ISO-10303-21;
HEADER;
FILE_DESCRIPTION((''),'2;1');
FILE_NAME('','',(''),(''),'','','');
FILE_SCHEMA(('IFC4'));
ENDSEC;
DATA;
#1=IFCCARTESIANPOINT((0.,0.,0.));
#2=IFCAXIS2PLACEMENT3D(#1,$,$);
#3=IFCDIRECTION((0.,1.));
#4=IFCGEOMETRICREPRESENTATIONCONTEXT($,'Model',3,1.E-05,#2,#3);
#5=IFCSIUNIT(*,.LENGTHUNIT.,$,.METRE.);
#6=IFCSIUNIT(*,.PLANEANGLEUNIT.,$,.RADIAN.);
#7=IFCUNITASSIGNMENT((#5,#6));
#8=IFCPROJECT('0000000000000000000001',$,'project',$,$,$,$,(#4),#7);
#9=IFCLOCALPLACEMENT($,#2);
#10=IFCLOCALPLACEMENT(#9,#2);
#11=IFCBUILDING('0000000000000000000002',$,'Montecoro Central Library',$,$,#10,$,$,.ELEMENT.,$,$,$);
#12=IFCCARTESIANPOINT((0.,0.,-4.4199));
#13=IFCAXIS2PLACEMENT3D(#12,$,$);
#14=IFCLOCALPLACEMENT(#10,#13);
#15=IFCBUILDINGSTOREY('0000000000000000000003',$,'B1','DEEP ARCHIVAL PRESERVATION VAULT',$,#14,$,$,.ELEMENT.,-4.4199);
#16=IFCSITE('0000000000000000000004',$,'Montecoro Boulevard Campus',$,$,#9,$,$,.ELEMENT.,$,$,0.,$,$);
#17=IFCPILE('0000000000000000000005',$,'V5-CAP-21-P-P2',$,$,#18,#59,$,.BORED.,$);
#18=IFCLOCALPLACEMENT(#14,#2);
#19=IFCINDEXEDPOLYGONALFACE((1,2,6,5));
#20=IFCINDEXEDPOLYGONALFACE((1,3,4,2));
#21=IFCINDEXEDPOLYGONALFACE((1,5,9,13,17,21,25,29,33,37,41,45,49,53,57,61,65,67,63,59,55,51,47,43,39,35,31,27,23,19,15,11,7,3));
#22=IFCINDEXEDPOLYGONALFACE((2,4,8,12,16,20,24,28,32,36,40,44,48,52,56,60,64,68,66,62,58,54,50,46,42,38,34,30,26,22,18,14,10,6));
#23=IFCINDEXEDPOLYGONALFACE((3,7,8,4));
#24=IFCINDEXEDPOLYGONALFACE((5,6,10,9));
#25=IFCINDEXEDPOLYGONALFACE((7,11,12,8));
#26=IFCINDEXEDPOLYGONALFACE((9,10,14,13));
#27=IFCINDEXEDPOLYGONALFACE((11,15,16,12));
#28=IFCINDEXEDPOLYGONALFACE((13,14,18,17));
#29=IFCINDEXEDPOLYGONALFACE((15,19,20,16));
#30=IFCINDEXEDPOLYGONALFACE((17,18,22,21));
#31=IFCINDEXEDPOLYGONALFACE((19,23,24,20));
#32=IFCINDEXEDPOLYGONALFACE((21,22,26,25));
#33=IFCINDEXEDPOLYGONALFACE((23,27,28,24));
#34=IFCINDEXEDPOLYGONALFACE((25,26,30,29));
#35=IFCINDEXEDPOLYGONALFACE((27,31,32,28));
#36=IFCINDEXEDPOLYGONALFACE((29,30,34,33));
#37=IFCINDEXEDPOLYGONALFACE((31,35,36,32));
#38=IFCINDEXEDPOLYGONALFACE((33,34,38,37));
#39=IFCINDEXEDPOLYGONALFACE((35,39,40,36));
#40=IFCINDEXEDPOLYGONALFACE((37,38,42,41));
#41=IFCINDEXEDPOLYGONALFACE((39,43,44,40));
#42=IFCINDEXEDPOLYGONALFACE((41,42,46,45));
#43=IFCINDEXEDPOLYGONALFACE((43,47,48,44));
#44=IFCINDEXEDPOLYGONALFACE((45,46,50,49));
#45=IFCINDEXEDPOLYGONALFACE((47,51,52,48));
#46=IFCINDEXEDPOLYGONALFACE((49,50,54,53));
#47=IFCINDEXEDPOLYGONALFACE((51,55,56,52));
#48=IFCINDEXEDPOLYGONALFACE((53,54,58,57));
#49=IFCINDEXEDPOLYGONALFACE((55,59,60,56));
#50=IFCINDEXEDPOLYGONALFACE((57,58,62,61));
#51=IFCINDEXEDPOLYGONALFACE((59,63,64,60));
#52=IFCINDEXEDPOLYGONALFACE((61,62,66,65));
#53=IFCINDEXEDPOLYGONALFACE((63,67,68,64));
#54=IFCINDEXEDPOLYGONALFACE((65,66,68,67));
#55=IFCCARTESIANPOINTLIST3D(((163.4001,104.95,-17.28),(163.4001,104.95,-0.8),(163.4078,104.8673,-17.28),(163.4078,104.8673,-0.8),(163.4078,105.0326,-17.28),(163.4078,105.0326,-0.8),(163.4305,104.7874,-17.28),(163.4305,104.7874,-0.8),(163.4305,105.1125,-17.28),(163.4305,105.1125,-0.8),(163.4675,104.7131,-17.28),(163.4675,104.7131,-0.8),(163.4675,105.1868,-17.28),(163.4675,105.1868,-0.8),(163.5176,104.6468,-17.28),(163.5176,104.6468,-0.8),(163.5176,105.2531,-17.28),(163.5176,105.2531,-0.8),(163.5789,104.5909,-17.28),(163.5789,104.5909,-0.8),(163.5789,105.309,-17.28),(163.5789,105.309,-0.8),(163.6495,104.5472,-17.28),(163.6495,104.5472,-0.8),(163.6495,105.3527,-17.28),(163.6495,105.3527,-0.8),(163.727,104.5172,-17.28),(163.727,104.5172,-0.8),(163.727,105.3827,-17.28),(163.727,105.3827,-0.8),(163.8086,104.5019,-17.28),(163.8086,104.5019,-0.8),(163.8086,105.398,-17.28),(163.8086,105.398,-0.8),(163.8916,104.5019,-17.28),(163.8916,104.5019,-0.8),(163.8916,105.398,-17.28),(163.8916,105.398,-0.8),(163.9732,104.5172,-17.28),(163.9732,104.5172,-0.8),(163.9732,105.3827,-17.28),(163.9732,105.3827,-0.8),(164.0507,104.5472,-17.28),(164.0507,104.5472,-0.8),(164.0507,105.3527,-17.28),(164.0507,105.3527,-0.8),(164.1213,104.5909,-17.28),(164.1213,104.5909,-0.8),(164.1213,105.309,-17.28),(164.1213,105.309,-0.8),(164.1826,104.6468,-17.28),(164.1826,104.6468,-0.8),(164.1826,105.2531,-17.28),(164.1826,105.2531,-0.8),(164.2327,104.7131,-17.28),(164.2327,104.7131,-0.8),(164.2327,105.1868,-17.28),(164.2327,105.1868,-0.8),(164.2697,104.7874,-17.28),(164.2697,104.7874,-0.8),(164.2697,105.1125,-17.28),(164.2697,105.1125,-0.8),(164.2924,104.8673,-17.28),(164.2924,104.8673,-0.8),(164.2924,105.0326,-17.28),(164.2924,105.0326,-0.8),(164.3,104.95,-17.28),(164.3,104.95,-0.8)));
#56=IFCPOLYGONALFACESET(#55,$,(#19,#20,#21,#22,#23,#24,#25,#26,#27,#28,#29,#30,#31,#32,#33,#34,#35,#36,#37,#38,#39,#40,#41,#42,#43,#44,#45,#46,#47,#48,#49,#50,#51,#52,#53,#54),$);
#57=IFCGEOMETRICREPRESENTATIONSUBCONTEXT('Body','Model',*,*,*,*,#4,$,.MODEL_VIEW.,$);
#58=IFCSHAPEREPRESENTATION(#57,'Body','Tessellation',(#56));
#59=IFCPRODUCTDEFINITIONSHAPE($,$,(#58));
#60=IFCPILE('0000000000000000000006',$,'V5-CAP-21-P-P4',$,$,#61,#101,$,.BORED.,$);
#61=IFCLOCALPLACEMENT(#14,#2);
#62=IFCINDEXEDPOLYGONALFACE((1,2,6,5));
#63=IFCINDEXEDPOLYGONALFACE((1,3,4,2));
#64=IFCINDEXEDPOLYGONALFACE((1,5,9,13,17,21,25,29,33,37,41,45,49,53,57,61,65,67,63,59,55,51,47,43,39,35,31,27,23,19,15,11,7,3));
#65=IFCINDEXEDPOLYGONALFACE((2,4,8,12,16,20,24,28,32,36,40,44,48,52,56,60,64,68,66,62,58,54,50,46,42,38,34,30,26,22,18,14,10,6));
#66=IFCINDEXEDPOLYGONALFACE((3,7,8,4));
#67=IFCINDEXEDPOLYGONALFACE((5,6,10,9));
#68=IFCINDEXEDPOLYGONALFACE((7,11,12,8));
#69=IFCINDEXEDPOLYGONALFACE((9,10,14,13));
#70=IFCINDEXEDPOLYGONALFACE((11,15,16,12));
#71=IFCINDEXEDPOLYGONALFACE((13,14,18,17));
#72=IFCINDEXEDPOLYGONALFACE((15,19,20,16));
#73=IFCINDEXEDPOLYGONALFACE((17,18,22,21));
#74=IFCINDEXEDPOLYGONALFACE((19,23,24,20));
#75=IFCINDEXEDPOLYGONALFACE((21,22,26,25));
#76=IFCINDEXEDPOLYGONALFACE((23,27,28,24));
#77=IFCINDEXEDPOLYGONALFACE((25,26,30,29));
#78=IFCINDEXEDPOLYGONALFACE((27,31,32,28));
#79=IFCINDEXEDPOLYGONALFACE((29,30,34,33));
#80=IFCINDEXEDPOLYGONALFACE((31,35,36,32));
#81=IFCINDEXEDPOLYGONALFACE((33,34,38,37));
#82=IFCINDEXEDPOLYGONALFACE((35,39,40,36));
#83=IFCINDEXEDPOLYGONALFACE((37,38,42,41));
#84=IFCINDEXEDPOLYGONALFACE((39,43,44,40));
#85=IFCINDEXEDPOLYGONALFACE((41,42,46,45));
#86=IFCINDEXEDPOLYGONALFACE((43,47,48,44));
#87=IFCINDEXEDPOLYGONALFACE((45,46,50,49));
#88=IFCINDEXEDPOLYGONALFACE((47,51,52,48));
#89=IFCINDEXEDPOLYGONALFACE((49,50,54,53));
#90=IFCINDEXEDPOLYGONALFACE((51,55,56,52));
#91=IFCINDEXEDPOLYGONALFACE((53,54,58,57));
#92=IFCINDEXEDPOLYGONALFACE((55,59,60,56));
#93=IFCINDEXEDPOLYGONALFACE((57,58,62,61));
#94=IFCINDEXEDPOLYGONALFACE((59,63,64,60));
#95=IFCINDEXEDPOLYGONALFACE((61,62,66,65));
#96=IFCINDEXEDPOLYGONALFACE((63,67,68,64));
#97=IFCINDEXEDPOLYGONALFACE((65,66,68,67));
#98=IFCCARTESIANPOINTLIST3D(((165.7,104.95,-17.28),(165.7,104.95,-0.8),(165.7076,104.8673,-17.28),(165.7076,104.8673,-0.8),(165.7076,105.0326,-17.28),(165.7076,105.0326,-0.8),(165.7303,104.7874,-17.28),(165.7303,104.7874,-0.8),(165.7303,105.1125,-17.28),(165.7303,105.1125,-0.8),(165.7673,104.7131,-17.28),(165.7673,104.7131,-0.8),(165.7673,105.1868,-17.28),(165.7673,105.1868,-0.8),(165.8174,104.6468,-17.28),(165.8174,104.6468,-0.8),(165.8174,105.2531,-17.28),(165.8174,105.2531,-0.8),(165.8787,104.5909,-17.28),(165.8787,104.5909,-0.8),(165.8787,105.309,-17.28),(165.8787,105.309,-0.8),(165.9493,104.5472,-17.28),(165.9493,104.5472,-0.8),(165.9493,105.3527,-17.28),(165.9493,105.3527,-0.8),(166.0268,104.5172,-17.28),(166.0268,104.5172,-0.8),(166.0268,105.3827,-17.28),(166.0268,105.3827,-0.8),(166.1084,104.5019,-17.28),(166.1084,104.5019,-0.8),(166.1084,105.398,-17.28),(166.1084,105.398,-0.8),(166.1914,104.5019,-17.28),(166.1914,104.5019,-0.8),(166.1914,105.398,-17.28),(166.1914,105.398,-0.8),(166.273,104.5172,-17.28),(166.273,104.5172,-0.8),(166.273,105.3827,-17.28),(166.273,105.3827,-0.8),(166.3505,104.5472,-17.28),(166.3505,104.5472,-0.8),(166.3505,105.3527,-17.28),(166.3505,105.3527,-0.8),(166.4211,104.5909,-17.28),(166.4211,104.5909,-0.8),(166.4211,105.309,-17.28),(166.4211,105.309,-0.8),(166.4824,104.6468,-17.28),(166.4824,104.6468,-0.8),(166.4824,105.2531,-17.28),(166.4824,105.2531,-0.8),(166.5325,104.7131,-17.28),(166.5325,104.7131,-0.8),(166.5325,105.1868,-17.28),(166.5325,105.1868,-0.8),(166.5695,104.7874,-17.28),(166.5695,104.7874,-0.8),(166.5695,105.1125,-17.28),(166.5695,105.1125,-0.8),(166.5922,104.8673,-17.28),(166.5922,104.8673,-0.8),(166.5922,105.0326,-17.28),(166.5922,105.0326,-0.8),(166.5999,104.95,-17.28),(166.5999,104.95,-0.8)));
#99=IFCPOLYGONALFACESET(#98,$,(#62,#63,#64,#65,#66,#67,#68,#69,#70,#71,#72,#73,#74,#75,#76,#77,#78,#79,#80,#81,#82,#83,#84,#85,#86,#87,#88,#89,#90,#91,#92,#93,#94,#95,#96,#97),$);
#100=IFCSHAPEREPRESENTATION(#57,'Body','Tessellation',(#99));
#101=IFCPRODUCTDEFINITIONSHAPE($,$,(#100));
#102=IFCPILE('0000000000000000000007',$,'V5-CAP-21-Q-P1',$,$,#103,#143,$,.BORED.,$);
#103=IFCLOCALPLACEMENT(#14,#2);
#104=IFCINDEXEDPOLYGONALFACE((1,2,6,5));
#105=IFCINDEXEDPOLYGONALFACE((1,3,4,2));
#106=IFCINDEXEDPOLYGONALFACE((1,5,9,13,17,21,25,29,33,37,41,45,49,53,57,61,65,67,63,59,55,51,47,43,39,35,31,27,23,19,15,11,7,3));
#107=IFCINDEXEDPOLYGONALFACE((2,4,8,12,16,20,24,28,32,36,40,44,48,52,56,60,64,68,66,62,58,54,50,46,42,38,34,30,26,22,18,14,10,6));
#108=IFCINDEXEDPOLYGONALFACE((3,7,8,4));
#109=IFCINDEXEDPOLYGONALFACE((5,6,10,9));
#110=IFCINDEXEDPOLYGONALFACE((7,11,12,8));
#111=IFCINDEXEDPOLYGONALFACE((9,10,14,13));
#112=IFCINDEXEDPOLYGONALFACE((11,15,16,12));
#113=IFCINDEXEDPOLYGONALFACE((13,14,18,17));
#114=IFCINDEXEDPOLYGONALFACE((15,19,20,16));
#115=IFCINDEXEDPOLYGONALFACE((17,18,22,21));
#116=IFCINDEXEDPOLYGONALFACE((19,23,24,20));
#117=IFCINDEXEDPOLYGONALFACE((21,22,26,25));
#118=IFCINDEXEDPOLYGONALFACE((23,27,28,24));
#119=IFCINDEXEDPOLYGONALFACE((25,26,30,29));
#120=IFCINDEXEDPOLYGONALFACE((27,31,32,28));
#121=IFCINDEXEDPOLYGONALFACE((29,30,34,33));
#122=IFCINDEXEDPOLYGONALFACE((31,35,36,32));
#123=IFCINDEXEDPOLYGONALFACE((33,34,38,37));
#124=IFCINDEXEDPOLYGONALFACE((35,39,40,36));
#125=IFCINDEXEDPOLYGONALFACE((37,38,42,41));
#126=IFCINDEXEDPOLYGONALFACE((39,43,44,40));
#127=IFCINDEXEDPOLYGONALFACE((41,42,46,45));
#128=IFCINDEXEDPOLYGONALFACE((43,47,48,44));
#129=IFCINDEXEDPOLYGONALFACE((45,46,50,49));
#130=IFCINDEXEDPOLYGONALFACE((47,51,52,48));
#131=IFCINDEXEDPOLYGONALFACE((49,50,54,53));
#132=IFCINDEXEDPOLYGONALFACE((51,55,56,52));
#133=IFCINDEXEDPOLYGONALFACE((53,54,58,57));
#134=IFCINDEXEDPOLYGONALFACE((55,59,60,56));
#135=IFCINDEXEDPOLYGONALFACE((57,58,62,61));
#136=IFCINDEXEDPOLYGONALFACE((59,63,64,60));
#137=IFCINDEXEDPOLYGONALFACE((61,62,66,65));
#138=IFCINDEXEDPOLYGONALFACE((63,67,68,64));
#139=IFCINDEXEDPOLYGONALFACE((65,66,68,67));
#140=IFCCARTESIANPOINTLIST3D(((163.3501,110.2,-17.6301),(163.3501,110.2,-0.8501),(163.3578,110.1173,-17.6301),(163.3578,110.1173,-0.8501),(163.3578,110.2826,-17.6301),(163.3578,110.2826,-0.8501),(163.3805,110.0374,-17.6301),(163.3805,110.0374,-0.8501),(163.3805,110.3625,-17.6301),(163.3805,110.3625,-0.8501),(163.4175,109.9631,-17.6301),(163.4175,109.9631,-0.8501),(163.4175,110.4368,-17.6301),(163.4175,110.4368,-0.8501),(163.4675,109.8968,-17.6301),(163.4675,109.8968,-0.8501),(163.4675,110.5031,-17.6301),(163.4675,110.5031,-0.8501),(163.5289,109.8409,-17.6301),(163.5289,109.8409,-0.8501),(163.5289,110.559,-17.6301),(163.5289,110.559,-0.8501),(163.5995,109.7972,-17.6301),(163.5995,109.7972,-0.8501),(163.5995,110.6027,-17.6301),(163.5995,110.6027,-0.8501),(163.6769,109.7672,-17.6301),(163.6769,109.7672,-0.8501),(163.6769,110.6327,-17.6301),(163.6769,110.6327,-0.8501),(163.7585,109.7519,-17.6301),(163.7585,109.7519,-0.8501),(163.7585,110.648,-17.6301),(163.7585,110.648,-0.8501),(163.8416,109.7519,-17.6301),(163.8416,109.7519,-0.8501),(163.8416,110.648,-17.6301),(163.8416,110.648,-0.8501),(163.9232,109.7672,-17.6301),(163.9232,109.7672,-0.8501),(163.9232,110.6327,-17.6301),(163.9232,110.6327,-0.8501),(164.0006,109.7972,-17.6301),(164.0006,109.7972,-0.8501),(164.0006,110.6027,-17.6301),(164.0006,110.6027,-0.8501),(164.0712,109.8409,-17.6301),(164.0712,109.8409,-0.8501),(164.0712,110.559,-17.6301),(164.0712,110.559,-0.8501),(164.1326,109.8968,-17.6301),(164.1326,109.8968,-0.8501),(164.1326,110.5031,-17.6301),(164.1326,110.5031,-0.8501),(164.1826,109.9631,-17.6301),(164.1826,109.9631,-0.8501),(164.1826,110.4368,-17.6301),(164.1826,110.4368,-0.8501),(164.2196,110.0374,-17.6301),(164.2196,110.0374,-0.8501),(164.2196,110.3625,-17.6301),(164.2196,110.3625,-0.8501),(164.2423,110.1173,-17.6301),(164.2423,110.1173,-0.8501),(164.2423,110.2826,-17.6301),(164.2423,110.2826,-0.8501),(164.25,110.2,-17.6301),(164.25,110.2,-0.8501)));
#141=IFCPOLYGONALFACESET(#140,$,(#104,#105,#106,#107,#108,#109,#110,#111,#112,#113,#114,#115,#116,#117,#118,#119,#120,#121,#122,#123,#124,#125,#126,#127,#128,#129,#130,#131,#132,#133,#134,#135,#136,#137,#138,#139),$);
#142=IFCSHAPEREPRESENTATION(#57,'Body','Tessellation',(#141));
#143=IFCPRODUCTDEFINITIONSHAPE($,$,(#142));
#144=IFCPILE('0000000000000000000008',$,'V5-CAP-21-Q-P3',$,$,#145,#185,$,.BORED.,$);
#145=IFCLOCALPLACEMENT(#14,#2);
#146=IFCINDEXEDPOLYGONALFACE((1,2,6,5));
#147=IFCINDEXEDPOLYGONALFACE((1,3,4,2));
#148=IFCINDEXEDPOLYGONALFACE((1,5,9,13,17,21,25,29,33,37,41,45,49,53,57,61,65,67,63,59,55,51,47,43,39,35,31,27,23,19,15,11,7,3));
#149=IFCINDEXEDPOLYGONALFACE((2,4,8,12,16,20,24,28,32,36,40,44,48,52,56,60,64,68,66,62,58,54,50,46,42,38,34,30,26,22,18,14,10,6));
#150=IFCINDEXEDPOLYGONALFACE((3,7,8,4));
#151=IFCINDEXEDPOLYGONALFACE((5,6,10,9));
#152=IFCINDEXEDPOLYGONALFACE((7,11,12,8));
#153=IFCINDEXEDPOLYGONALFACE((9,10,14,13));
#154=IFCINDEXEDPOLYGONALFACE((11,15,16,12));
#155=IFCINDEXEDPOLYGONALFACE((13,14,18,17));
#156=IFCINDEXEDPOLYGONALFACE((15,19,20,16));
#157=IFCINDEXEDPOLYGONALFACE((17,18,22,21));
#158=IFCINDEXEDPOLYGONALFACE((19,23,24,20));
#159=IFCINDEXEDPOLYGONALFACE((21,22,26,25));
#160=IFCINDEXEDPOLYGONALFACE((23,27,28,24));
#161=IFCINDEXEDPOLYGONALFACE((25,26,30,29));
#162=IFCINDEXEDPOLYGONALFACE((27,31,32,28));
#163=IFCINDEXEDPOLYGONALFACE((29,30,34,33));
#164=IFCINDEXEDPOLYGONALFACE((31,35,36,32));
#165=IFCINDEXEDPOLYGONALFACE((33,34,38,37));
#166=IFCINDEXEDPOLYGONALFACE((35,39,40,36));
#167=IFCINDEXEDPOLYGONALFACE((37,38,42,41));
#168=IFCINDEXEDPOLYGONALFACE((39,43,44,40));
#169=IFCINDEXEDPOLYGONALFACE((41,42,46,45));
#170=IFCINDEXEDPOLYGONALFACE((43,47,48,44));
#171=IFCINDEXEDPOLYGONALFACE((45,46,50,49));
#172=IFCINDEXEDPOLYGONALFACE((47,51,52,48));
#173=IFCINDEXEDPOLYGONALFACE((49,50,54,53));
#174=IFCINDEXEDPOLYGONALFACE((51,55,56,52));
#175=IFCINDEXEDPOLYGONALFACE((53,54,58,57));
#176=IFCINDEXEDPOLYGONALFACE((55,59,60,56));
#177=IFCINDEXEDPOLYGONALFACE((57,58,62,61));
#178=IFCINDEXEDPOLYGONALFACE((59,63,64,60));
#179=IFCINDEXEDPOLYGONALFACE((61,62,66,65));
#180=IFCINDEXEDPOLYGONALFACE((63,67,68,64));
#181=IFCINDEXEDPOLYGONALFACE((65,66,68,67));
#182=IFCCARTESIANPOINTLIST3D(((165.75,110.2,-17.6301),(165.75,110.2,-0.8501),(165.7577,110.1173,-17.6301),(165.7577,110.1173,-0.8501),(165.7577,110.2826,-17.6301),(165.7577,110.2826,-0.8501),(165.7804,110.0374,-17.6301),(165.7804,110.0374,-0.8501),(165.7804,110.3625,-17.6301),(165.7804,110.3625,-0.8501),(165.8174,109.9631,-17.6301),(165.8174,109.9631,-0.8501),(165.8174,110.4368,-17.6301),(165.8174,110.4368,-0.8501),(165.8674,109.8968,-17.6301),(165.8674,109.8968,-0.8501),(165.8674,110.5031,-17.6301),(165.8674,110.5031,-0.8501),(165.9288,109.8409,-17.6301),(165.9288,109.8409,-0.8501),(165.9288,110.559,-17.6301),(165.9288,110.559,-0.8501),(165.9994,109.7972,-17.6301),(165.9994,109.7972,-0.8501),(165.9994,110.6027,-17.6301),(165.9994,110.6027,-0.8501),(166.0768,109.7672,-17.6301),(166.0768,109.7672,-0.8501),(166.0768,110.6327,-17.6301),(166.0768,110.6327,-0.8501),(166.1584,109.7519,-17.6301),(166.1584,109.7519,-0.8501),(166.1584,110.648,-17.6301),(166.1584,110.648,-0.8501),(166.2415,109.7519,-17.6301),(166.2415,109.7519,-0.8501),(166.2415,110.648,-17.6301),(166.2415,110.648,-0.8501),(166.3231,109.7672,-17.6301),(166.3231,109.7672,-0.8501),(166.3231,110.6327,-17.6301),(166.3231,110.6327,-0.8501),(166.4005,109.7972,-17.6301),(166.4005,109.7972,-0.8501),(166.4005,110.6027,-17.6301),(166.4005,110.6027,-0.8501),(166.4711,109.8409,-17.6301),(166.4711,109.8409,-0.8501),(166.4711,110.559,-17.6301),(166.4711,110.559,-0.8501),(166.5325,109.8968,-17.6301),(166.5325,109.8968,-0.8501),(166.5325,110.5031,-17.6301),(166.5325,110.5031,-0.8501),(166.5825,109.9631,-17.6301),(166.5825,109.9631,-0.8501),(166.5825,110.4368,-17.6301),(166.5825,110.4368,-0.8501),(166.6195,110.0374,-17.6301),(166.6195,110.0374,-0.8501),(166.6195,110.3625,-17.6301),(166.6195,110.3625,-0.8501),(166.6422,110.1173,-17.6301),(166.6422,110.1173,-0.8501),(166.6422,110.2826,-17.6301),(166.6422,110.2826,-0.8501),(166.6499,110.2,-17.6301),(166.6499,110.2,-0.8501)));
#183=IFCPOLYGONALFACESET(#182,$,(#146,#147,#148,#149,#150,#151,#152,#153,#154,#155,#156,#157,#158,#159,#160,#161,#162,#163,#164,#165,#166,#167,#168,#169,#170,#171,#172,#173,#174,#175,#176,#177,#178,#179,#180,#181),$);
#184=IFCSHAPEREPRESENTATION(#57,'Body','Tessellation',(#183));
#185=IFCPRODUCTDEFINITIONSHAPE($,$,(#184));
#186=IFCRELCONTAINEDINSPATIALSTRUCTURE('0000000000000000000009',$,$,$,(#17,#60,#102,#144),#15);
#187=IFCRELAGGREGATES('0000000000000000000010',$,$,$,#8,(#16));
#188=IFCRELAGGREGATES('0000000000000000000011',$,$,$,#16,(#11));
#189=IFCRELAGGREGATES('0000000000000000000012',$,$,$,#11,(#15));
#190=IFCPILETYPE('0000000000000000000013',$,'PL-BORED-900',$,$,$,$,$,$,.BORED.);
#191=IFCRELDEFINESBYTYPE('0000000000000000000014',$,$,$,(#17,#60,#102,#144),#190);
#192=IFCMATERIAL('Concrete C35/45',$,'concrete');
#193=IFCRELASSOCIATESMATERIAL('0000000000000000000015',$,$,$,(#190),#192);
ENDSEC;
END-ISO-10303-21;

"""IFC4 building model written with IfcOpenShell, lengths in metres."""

from ifc_helpers import new_model, si_unit, direction, frame, origin, origin_2d, place, context, subcontext, project, spatial, circle, extrude, material, material_profile, profile_set, type_object, element, save


model = new_model("IFC4")

# Units and contexts
model_context = context("Model", 3, precision=1e-05, world=origin(), true_north=direction((0.0, 1.0)))
body_context = subcontext(model_context, "Body", "Model", "MODEL_VIEW")
ifc_project = project(units=[si_unit("LENGTHUNIT", "METRE"), si_unit("PLANEANGLEUNIT", "RADIAN")], contexts=[model_context])

# Site, building, storey
site_placement = place(None, origin())
site = spatial("IfcSite", under=ifc_project, at=site_placement, Name="Montecoro Boulevard Campus", CompositionType="ELEMENT", RefElevation=0.0)
building_placement = place(site_placement, origin())
building = spatial("IfcBuilding", under=site, at=building_placement, Name="Montecoro Central Library", CompositionType="ELEMENT")
storey_placement = place(building_placement, frame((0.0, 0.0, -4.4199)))
storey = spatial("IfcBuildingStorey", under=building, at=storey_placement, Name="B1", Description="DEEP ARCHIVAL PRESERVATION VAULT", CompositionType="ELEMENT", Elevation=-4.4199)

# Shared definitions
ifc_material_1 = material(Name="Concrete C35/45", Category="concrete")

# Piles
ifc_material_profile_1 = material_profile(ifc_material_1, circle(Radius=0.45, at=origin_2d()), Name="PILE D900")
ifc_profile_set_1 = profile_set([ifc_material_profile_1], Name="Concrete C35/45")
pile_type_1 = type_object("IfcPileType", Name="PL-BORED-900", PredefinedType="BORED", material=ifc_profile_set_1)
for number, where, z_axis, x_axis, name in (
    (1, (163.8501, 104.95, -0.8), (0.0, 0.0, -1.0), (1.0, 0.0, 0.0), "V5-CAP-21-P-P2"),
    (2, (166.1499, 104.95, -0.8), (0.0, 0.0, -1.0), (1.0, 0.0, 0.0), "V5-CAP-21-P-P4"),
):
    element("IfcPile", number, at=place(storey_placement, frame(where, z_axis=z_axis, x_axis=x_axis)), inside=storey, type_object=pile_type_1, Name=name, PredefinedType="BORED", context=body_context, shape_type="SweptSolid", body=[
        extrude(circle(Radius=0.45, at=origin_2d()), origin(), (0.0, 0.0, 1.0), 16.48),
    ])
for number, where, z_axis, x_axis, name in (
    (3, (163.8, 110.2, -0.8501), (0.0, 0.0, -1.0), (1.0, 0.0, 0.0), "V5-CAP-21-Q-P1"),
    (4, (166.2, 110.2, -0.8501), (0.0, 0.0, -1.0), (1.0, 0.0, 0.0), "V5-CAP-21-Q-P3"),
):
    element("IfcPile", number, at=place(storey_placement, frame(where, z_axis=z_axis, x_axis=x_axis)), inside=storey, type_object=pile_type_1, Name=name, PredefinedType="BORED", context=body_context, shape_type="SweptSolid", body=[
        extrude(circle(Radius=0.45, at=origin_2d()), origin(), (0.0, 0.0, 1.0), 16.78),
    ])

save(model, "model.ifc")
